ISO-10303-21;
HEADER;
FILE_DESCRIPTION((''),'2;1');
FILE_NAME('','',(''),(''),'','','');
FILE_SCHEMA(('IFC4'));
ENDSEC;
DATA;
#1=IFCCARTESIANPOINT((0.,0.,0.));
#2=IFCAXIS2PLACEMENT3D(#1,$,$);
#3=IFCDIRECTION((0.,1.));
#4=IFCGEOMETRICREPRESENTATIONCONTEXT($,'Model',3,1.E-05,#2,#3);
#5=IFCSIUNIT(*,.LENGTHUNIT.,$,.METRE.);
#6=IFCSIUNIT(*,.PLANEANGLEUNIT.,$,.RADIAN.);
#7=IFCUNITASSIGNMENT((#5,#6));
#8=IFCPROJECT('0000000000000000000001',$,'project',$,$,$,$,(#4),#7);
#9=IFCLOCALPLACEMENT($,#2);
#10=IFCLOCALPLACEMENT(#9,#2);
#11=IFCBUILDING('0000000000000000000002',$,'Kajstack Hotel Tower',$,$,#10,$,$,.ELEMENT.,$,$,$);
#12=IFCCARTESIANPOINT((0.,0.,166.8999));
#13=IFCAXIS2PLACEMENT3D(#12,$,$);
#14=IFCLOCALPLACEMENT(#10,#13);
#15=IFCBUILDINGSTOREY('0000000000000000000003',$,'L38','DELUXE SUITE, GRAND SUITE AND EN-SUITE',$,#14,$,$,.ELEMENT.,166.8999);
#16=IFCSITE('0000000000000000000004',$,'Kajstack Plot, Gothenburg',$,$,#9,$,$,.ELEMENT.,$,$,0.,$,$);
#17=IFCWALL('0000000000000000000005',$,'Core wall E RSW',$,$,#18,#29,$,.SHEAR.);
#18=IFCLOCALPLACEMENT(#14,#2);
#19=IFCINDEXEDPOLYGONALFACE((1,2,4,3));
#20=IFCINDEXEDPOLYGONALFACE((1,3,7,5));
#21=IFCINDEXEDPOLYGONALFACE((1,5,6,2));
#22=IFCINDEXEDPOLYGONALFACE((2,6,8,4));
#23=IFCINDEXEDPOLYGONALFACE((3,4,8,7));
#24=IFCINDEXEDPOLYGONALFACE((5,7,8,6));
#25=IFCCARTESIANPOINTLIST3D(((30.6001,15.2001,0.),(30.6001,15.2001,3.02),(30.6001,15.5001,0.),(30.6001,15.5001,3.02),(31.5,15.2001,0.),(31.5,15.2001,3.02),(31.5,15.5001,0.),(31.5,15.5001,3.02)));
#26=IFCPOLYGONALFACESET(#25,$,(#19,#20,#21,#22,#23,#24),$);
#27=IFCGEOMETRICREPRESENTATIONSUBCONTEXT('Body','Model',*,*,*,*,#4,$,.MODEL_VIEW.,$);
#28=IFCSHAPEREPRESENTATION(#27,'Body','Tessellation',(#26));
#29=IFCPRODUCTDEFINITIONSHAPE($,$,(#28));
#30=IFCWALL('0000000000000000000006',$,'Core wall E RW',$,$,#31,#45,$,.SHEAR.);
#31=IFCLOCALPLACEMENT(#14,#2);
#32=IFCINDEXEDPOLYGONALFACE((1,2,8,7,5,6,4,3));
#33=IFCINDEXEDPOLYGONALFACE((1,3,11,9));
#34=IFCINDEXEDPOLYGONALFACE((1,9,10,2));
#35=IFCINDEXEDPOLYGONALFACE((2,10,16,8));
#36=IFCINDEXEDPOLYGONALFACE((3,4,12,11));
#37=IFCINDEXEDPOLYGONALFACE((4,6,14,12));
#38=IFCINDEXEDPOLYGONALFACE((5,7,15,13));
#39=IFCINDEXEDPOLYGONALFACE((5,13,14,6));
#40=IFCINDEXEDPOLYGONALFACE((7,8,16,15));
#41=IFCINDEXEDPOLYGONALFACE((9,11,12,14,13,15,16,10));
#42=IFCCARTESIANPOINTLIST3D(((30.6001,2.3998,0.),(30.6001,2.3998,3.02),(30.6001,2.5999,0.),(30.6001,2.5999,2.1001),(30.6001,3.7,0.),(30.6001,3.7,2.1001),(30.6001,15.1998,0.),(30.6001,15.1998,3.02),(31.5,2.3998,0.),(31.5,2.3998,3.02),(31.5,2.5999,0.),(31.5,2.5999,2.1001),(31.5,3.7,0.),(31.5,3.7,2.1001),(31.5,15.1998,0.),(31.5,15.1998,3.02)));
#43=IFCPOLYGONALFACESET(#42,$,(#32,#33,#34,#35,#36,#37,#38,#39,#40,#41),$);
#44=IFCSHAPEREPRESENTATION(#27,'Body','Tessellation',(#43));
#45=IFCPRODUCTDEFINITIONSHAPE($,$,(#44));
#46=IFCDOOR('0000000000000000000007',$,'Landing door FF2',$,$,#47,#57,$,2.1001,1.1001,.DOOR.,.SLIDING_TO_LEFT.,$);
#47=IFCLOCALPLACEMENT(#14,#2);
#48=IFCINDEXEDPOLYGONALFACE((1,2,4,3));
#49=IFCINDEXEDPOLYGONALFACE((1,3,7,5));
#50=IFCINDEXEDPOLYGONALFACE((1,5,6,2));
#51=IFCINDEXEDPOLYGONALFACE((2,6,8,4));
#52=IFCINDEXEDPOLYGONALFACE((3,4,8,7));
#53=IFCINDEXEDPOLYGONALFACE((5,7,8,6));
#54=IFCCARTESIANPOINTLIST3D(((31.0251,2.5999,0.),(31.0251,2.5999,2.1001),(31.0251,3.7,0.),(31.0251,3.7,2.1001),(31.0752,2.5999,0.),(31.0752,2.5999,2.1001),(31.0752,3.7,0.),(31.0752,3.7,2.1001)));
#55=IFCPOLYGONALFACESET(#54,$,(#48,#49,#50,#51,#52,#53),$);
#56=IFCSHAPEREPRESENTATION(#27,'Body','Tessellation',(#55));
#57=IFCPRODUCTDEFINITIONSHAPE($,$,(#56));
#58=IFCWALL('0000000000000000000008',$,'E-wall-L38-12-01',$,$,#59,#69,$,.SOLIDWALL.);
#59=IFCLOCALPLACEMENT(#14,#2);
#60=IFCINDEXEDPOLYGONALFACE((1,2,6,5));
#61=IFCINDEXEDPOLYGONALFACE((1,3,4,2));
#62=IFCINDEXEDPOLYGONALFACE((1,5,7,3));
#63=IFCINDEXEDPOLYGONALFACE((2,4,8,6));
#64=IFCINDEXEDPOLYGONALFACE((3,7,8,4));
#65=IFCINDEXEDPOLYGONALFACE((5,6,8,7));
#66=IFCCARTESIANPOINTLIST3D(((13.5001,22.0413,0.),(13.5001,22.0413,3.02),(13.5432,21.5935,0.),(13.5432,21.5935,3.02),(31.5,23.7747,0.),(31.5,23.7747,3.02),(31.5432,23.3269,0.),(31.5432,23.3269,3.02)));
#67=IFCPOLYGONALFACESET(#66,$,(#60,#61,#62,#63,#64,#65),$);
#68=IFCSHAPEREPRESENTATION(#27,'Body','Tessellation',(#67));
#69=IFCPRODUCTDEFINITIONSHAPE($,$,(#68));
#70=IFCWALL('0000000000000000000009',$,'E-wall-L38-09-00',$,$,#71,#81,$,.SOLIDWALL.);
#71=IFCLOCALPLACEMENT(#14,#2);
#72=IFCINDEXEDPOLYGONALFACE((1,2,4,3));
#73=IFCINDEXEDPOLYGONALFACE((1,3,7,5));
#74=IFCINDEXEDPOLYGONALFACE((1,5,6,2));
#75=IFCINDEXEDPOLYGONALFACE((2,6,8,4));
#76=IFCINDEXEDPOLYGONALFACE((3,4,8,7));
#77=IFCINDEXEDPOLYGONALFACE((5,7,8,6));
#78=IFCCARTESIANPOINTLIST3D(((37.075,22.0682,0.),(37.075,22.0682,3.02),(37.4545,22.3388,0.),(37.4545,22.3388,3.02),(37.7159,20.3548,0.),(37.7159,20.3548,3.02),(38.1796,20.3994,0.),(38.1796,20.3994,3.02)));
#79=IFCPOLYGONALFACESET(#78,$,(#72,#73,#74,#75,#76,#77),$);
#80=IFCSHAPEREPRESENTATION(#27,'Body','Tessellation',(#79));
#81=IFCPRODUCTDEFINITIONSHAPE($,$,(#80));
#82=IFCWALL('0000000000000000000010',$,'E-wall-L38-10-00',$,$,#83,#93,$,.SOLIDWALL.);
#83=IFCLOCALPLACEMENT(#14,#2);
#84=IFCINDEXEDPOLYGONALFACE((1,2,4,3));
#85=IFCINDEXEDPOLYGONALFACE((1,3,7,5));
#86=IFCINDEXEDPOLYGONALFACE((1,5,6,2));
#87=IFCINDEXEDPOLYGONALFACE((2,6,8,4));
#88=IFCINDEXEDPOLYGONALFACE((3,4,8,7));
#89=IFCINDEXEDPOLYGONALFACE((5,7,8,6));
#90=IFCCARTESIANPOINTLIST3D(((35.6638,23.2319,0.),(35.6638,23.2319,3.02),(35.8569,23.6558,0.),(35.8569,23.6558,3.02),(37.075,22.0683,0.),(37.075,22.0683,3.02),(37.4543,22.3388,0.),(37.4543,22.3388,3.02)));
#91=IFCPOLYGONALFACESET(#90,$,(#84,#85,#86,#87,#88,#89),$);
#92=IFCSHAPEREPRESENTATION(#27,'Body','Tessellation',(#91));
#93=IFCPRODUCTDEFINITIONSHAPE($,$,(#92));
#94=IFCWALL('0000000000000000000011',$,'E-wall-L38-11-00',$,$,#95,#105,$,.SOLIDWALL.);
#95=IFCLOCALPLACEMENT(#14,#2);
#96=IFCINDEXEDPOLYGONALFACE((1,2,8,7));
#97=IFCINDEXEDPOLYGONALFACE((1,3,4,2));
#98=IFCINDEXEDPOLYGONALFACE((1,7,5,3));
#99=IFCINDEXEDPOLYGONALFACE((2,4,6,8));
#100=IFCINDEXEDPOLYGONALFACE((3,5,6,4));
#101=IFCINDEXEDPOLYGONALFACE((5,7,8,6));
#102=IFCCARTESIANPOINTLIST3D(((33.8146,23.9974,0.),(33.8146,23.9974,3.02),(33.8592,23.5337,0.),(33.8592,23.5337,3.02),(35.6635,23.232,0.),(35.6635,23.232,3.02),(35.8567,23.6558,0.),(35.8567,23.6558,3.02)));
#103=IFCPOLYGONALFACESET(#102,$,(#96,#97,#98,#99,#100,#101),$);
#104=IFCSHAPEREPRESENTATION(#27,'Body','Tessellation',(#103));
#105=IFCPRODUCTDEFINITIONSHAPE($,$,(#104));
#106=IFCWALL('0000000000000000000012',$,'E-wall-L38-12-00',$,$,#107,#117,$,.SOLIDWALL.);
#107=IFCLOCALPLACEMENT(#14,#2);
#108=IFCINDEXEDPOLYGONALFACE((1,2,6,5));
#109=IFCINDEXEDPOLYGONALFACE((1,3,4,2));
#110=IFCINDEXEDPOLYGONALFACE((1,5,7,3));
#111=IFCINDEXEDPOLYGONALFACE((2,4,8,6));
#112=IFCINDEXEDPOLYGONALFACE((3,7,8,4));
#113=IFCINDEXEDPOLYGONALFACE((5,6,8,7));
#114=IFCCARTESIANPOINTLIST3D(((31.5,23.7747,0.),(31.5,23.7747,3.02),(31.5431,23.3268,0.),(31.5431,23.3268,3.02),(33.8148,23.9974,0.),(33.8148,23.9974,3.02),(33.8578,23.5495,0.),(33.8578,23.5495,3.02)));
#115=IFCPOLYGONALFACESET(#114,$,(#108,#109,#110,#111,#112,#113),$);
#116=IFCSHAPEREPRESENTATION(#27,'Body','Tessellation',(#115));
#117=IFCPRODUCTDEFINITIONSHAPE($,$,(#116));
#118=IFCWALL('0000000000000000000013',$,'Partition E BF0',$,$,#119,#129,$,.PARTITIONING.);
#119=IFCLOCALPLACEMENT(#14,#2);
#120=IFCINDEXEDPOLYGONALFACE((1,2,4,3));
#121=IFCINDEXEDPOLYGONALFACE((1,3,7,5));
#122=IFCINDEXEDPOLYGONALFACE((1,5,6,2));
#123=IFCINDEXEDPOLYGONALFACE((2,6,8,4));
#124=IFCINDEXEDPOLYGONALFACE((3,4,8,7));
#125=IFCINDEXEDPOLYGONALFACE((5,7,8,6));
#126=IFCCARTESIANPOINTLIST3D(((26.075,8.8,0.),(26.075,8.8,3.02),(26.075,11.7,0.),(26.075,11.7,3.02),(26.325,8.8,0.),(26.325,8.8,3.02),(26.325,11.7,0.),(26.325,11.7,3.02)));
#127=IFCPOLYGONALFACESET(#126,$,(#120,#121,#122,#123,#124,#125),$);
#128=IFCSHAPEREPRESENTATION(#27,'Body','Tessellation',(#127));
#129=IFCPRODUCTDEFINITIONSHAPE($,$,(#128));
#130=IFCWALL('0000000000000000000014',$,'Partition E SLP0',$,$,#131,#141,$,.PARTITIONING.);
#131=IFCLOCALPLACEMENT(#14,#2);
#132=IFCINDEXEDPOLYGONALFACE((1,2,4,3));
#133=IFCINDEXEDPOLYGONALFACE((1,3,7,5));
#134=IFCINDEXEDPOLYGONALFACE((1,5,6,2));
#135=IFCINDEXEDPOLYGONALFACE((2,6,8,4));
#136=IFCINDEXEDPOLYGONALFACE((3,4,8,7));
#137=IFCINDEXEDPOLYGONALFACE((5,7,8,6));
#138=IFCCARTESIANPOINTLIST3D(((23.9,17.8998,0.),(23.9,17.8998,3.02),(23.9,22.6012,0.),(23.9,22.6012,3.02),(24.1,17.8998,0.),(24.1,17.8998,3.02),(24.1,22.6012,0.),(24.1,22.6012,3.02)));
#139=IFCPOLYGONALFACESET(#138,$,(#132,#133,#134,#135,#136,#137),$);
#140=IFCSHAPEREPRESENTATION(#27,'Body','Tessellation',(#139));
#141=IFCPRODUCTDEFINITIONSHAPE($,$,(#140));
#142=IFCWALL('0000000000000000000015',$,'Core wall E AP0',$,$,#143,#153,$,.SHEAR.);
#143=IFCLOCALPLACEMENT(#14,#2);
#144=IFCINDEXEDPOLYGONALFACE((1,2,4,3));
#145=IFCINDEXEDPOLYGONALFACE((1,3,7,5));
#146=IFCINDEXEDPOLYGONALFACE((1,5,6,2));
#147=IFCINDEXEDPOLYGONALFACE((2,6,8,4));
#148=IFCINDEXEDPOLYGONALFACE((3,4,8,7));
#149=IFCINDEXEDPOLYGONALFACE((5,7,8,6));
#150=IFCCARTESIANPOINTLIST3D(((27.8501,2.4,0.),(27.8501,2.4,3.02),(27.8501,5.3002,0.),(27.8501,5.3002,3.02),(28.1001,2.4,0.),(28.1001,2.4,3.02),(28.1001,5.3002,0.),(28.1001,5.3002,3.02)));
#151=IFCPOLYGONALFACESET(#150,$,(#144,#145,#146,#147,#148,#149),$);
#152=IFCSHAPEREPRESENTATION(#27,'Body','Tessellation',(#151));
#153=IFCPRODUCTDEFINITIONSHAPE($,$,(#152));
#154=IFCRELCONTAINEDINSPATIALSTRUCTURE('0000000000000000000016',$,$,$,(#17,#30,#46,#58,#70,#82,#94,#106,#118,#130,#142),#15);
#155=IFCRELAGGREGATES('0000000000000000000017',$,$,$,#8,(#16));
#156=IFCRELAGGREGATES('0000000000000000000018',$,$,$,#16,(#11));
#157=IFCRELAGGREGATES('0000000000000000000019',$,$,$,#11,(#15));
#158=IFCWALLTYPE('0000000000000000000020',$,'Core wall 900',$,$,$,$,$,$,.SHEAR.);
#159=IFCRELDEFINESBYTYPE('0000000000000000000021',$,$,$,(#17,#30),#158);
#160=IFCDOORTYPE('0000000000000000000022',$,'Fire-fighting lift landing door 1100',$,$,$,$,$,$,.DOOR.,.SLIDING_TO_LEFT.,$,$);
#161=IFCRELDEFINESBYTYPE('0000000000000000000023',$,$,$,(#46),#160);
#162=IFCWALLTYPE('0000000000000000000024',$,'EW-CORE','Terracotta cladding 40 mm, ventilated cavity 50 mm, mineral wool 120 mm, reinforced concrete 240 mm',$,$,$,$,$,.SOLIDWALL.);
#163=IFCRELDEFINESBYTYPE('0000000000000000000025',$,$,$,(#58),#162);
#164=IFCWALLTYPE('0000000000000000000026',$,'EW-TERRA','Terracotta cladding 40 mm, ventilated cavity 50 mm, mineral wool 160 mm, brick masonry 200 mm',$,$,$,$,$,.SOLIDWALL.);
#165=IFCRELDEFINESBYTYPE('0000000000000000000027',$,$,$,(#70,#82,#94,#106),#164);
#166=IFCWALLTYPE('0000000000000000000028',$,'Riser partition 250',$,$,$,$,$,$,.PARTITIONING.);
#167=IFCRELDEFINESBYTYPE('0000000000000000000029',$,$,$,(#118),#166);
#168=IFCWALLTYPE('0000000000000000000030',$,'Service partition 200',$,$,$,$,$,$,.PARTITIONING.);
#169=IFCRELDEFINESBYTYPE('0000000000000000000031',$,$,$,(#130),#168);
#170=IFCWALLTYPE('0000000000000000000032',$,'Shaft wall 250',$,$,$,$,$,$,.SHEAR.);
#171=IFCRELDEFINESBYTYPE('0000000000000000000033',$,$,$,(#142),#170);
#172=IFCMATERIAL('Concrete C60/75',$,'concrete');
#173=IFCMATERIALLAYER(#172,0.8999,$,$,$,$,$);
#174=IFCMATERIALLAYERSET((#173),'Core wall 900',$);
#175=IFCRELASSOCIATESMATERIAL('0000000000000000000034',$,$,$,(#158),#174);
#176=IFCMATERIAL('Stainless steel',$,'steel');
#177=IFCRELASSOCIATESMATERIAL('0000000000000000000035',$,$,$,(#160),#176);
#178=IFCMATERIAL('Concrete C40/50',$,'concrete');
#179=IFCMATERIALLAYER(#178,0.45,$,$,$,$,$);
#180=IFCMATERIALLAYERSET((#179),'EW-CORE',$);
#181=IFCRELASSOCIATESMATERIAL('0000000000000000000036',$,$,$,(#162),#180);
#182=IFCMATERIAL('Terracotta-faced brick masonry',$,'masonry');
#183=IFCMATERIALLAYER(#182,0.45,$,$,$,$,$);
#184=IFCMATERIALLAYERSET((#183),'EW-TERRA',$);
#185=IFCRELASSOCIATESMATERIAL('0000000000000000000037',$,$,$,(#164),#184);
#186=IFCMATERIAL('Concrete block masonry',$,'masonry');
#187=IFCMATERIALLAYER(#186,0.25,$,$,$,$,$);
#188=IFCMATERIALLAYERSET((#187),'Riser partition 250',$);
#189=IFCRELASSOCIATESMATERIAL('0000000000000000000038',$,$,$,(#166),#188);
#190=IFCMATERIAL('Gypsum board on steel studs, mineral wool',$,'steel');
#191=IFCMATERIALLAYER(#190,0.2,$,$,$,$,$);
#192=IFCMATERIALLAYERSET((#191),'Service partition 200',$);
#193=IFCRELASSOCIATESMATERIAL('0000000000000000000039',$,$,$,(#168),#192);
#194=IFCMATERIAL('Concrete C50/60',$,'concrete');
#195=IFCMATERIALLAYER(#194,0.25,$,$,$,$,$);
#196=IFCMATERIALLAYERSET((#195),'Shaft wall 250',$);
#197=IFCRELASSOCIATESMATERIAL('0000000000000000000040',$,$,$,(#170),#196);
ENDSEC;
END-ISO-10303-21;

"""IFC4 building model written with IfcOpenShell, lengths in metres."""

from ifc_helpers import new_model, si_unit, direction, frame, frame_2d, origin, place, context, subcontext, project, spatial, polyline, rectangle, outline, extrude, material, layer, layer_set, type_object, element, fill, save


model = new_model("IFC4")

# Units and contexts
model_context = context("Model", 3, precision=1e-05, world=origin(), true_north=direction((0.0, 1.0)))
body_context = subcontext(model_context, "Body", "Model", "MODEL_VIEW")
ifc_project = project(units=[si_unit("LENGTHUNIT", "METRE"), si_unit("PLANEANGLEUNIT", "RADIAN")], contexts=[model_context])

# Site, building, storey
site_placement = place(None, origin())
site = spatial("IfcSite", under=ifc_project, at=site_placement, Name="Kajstack Plot, Gothenburg", CompositionType="ELEMENT", RefElevation=0.0)
building_placement = place(site_placement, origin())
building = spatial("IfcBuilding", under=site, at=building_placement, Name="Kajstack Hotel Tower", CompositionType="ELEMENT")
storey_placement = place(building_placement, frame((0.0, 0.0, 166.8999)))
storey = spatial("IfcBuildingStorey", under=building, at=storey_placement, Name="L38", Description="DELUXE SUITE, GRAND SUITE AND EN-SUITE", CompositionType="ELEMENT", Elevation=166.8999)

# Wall
ifc_material_1 = material(Name="Concrete C60/75", Category="concrete")
ifc_layer_1 = layer(ifc_material_1, 0.8999)
ifc_layer_set_1 = layer_set([ifc_layer_1], Name="Core wall 900")
wall_type_1 = type_object("IfcWallType", Name="Core wall 900", PredefinedType="SHEAR", material=ifc_layer_set_1)
wall_1_placement = place(storey_placement, frame((30.6001, 15.3501, 0.0), z_axis=(0.0, 0.0, 1.0), x_axis=(1.0, 0.0, 0.0)))
element("IfcWall", 1, at=wall_1_placement, inside=storey, type_object=wall_type_1, Name="Core wall E RSW", PredefinedType="SHEAR", context=body_context, shape_type="SweptSolid", body=[
    extrude(rectangle(XDim=0.8999, YDim=0.3, at=frame_2d((0.45, 0.0))), origin(), (0.0, 0.0, 1.0), 3.02),
])

# Wall, opening, door
wall_2_placement = place(storey_placement, frame((31.05, 2.3999, 0.0), z_axis=(0.0, 0.0, 1.0), x_axis=(0.0, 1.0, 0.0)))
wall_2 = element("IfcWall", 2, at=wall_2_placement, inside=storey, type_object=wall_type_1, Name="Core wall E RW", PredefinedType="SHEAR", context=body_context, shape_type="SweptSolid", body=[
    extrude(rectangle(XDim=12.8, YDim=0.8999, at=frame_2d((6.3999, 0.0))), origin(), (0.0, 0.0, 1.0), 3.02),
])
opening_1_placement = place(wall_2_placement, frame((0.2, 0.0, 0.0)))
opening_1 = element("IfcOpeningElement", 3, at=opening_1_placement, cuts=wall_2, PredefinedType="OPENING", context=body_context, shape_type="SweptSolid", body=[
    extrude(rectangle(XDim=1.1001, YDim=2.1001, at=frame_2d((0.55, 1.05))), frame((0.0, 0.46, 0.0), z_axis=(0.0, -1.0, 0.0), x_axis=(1.0, 0.0, 0.0)), (0.0, 0.0, 1.0), 0.9199),
])
ifc_material_2 = material(Name="Stainless steel", Category="steel")
door_type_1 = type_object("IfcDoorType", Name="Fire-fighting lift landing door 1100", OperationType="SLIDING_TO_LEFT", PredefinedType="DOOR", material=ifc_material_2)
door_1_placement = place(opening_1_placement, origin())
door_1 = element("IfcDoor", 4, at=door_1_placement, inside=storey, type_object=door_type_1, Name="Landing door FF2", OperationType="SLIDING_TO_LEFT", OverallHeight=2.1001, OverallWidth=1.1001, PredefinedType="DOOR", context=body_context, shape_type="SweptSolid", body=[
    extrude(rectangle(XDim=1.1001, YDim=2.1001, at=frame_2d((0.55, 1.05))), frame((0.0, 0.0249, 0.0), z_axis=(0.0, -1.0, 0.0), x_axis=(1.0, 0.0, 0.0)), (0.0, 0.0, 1.0), 0.05),
])
fill(opening_1, door_1)

# Walls
ifc_material_3 = material(Name="Concrete C40/50", Category="concrete")
ifc_layer_2 = layer(ifc_material_3, 0.45)
ifc_layer_set_2 = layer_set([ifc_layer_2], Name="EW-CORE")
wall_type_2 = type_object("IfcWallType", Name="EW-CORE", Description="Terracotta cladding 40 mm, ventilated cavity 50 mm, mineral wool 120 mm, reinforced concrete 240 mm", PredefinedType="SOLIDWALL", material=ifc_layer_set_2)
wall_3_placement = place(storey_placement, frame((31.5215, 23.5508, 0.0), z_axis=(0.0, 0.0, 1.0), x_axis=(-0.995395, -0.095856, 0.0)))
element("IfcWall", 5, at=wall_3_placement, inside=storey, type_object=wall_type_2, Name="E-wall-L38-12-01", PredefinedType="SOLIDWALL", context=body_context, shape_type="SweptSolid", body=[
    extrude(rectangle(XDim=18.0833, YDim=0.45, at=frame_2d((9.0415, 0.0))), origin(), (0.0, 0.0, 1.0), 3.02),
])
ifc_material_4 = material(Name="Terracotta-faced brick masonry", Category="masonry")
ifc_layer_3 = layer(ifc_material_4, 0.45)
ifc_layer_set_3 = layer_set([ifc_layer_3], Name="EW-TERRA")
wall_type_3 = type_object("IfcWallType", Name="EW-TERRA", Description="Terracotta cladding 40 mm, ventilated cavity 50 mm, mineral wool 160 mm, brick masonry 200 mm", PredefinedType="SOLIDWALL", material=ifc_layer_set_3)
wall_4_placement = place(storey_placement, frame((37.9688, 20.3206, 0.0), z_axis=(0.0, 0.0, 1.0), x_axis=(-0.350193, 0.936678, 0.0)))
element("IfcWall", 6, at=wall_4_placement, inside=storey, type_object=wall_type_3, Name="E-wall-L38-09-00", PredefinedType="SOLIDWALL", context=body_context, shape_type="SweptSolid", body=[
    extrude(outline(polyline([(0.0, -0.2251), (2.0706, -0.2251), (1.95, 0.2251), (0.1206, 0.2249), (0.0, -0.2251)])), origin(), (0.0, 0.0, 1.0), 3.02),
])
wall_5_placement = place(storey_placement, frame((37.3113, 22.1653, 0.0), z_axis=(0.0, 0.0, 1.0), x_axis=(-0.771651, 0.636046, 0.0)))
element("IfcWall", 7, at=wall_5_placement, inside=storey, type_object=wall_type_3, Name="E-wall-L38-10-00", PredefinedType="SOLIDWALL", context=body_context, shape_type="SweptSolid", body=[
    extrude(outline(polyline([(0.0, -0.2249), (2.0703, -0.2251), (1.9497, 0.2249), (0.1206, 0.2251), (0.0, -0.2249)])), origin(), (0.0, 0.0, 1.0), 3.02),
])
wall_6_placement = place(storey_placement, frame((35.8196, 23.4338, 0.0), z_axis=(0.0, 0.0, 1.0), x_axis=(-0.986279, 0.165087, 0.0)))
element("IfcWall", 8, at=wall_6_placement, inside=storey, type_object=wall_type_3, Name="E-wall-L38-11-00", PredefinedType="SOLIDWALL", context=body_context, shape_type="SweptSolid", body=[
    extrude(outline(polyline([(0.0, -0.2251), (2.0706, -0.2249), (1.95, 0.2251), (0.1206, 0.2249), (0.0, -0.2251)])), origin(), (0.0, 0.0, 1.0), 3.02),
])
wall_7_placement = place(storey_placement, frame((33.8362, 23.7734, 0.0), z_axis=(0.0, 0.0, 1.0), x_axis=(-0.995405, -0.09575, 0.0)))
element("IfcWall", 9, at=wall_7_placement, inside=storey, type_object=wall_type_3, Name="E-wall-L38-12-00", PredefinedType="SOLIDWALL", context=body_context, shape_type="SweptSolid", body=[
    extrude(rectangle(XDim=2.3254, YDim=0.45, at=frame_2d((1.1626, 0.0))), origin(), (0.0, 0.0, 1.0), 3.02),
])
ifc_material_5 = material(Name="Concrete block masonry", Category="masonry")
ifc_layer_4 = layer(ifc_material_5, 0.25)
ifc_layer_set_4 = layer_set([ifc_layer_4], Name="Riser partition 250")
wall_type_4 = type_object("IfcWallType", Name="Riser partition 250", PredefinedType="PARTITIONING", material=ifc_layer_set_4)
wall_8_placement = place(storey_placement, frame((26.2, 8.8, 0.0), z_axis=(0.0, 0.0, 1.0), x_axis=(0.0, 1.0, 0.0)))
element("IfcWall", 10, at=wall_8_placement, inside=storey, type_object=wall_type_4, Name="Partition E BF0", PredefinedType="PARTITIONING", context=body_context, shape_type="SweptSolid", body=[
    extrude(rectangle(XDim=2.8999, YDim=0.25, at=frame_2d((1.45, 0.0))), origin(), (0.0, 0.0, 1.0), 3.02),
])
ifc_material_6 = material(Name="Gypsum board on steel studs, mineral wool", Category="steel")
ifc_layer_5 = layer(ifc_material_6, 0.2)
ifc_layer_set_5 = layer_set([ifc_layer_5], Name="Service partition 200")
wall_type_5 = type_object("IfcWallType", Name="Service partition 200", PredefinedType="PARTITIONING", material=ifc_layer_set_5)
wall_9_placement = place(storey_placement, frame((24.0, 17.8999, 0.0), z_axis=(0.0, 0.0, 1.0), x_axis=(0.0, 1.0, 0.0)))
element("IfcWall", 11, at=wall_9_placement, inside=storey, type_object=wall_type_5, Name="Partition E SLP0", PredefinedType="PARTITIONING", context=body_context, shape_type="SweptSolid", body=[
    extrude(rectangle(XDim=4.7014, YDim=0.2, at=frame_2d((2.3506, 0.0))), origin(), (0.0, 0.0, 1.0), 3.02),
])
ifc_material_7 = material(Name="Concrete C50/60", Category="concrete")
ifc_layer_6 = layer(ifc_material_7, 0.25)
ifc_layer_set_6 = layer_set([ifc_layer_6], Name="Shaft wall 250")
wall_type_6 = type_object("IfcWallType", Name="Shaft wall 250", PredefinedType="SHEAR", material=ifc_layer_set_6)
wall_10_placement = place(storey_placement, frame((27.9751, 2.3999, 0.0), z_axis=(0.0, 0.0, 1.0), x_axis=(0.0, 1.0, 0.0)))
element("IfcWall", 12, at=wall_10_placement, inside=storey, type_object=wall_type_6, Name="Core wall E AP0", PredefinedType="SHEAR", context=body_context, shape_type="SweptSolid", body=[
    extrude(rectangle(XDim=2.9001, YDim=0.25, at=frame_2d((1.4502, 0.0))), origin(), (0.0, 0.0, 1.0), 3.02),
])

save(model, "model.ifc")
